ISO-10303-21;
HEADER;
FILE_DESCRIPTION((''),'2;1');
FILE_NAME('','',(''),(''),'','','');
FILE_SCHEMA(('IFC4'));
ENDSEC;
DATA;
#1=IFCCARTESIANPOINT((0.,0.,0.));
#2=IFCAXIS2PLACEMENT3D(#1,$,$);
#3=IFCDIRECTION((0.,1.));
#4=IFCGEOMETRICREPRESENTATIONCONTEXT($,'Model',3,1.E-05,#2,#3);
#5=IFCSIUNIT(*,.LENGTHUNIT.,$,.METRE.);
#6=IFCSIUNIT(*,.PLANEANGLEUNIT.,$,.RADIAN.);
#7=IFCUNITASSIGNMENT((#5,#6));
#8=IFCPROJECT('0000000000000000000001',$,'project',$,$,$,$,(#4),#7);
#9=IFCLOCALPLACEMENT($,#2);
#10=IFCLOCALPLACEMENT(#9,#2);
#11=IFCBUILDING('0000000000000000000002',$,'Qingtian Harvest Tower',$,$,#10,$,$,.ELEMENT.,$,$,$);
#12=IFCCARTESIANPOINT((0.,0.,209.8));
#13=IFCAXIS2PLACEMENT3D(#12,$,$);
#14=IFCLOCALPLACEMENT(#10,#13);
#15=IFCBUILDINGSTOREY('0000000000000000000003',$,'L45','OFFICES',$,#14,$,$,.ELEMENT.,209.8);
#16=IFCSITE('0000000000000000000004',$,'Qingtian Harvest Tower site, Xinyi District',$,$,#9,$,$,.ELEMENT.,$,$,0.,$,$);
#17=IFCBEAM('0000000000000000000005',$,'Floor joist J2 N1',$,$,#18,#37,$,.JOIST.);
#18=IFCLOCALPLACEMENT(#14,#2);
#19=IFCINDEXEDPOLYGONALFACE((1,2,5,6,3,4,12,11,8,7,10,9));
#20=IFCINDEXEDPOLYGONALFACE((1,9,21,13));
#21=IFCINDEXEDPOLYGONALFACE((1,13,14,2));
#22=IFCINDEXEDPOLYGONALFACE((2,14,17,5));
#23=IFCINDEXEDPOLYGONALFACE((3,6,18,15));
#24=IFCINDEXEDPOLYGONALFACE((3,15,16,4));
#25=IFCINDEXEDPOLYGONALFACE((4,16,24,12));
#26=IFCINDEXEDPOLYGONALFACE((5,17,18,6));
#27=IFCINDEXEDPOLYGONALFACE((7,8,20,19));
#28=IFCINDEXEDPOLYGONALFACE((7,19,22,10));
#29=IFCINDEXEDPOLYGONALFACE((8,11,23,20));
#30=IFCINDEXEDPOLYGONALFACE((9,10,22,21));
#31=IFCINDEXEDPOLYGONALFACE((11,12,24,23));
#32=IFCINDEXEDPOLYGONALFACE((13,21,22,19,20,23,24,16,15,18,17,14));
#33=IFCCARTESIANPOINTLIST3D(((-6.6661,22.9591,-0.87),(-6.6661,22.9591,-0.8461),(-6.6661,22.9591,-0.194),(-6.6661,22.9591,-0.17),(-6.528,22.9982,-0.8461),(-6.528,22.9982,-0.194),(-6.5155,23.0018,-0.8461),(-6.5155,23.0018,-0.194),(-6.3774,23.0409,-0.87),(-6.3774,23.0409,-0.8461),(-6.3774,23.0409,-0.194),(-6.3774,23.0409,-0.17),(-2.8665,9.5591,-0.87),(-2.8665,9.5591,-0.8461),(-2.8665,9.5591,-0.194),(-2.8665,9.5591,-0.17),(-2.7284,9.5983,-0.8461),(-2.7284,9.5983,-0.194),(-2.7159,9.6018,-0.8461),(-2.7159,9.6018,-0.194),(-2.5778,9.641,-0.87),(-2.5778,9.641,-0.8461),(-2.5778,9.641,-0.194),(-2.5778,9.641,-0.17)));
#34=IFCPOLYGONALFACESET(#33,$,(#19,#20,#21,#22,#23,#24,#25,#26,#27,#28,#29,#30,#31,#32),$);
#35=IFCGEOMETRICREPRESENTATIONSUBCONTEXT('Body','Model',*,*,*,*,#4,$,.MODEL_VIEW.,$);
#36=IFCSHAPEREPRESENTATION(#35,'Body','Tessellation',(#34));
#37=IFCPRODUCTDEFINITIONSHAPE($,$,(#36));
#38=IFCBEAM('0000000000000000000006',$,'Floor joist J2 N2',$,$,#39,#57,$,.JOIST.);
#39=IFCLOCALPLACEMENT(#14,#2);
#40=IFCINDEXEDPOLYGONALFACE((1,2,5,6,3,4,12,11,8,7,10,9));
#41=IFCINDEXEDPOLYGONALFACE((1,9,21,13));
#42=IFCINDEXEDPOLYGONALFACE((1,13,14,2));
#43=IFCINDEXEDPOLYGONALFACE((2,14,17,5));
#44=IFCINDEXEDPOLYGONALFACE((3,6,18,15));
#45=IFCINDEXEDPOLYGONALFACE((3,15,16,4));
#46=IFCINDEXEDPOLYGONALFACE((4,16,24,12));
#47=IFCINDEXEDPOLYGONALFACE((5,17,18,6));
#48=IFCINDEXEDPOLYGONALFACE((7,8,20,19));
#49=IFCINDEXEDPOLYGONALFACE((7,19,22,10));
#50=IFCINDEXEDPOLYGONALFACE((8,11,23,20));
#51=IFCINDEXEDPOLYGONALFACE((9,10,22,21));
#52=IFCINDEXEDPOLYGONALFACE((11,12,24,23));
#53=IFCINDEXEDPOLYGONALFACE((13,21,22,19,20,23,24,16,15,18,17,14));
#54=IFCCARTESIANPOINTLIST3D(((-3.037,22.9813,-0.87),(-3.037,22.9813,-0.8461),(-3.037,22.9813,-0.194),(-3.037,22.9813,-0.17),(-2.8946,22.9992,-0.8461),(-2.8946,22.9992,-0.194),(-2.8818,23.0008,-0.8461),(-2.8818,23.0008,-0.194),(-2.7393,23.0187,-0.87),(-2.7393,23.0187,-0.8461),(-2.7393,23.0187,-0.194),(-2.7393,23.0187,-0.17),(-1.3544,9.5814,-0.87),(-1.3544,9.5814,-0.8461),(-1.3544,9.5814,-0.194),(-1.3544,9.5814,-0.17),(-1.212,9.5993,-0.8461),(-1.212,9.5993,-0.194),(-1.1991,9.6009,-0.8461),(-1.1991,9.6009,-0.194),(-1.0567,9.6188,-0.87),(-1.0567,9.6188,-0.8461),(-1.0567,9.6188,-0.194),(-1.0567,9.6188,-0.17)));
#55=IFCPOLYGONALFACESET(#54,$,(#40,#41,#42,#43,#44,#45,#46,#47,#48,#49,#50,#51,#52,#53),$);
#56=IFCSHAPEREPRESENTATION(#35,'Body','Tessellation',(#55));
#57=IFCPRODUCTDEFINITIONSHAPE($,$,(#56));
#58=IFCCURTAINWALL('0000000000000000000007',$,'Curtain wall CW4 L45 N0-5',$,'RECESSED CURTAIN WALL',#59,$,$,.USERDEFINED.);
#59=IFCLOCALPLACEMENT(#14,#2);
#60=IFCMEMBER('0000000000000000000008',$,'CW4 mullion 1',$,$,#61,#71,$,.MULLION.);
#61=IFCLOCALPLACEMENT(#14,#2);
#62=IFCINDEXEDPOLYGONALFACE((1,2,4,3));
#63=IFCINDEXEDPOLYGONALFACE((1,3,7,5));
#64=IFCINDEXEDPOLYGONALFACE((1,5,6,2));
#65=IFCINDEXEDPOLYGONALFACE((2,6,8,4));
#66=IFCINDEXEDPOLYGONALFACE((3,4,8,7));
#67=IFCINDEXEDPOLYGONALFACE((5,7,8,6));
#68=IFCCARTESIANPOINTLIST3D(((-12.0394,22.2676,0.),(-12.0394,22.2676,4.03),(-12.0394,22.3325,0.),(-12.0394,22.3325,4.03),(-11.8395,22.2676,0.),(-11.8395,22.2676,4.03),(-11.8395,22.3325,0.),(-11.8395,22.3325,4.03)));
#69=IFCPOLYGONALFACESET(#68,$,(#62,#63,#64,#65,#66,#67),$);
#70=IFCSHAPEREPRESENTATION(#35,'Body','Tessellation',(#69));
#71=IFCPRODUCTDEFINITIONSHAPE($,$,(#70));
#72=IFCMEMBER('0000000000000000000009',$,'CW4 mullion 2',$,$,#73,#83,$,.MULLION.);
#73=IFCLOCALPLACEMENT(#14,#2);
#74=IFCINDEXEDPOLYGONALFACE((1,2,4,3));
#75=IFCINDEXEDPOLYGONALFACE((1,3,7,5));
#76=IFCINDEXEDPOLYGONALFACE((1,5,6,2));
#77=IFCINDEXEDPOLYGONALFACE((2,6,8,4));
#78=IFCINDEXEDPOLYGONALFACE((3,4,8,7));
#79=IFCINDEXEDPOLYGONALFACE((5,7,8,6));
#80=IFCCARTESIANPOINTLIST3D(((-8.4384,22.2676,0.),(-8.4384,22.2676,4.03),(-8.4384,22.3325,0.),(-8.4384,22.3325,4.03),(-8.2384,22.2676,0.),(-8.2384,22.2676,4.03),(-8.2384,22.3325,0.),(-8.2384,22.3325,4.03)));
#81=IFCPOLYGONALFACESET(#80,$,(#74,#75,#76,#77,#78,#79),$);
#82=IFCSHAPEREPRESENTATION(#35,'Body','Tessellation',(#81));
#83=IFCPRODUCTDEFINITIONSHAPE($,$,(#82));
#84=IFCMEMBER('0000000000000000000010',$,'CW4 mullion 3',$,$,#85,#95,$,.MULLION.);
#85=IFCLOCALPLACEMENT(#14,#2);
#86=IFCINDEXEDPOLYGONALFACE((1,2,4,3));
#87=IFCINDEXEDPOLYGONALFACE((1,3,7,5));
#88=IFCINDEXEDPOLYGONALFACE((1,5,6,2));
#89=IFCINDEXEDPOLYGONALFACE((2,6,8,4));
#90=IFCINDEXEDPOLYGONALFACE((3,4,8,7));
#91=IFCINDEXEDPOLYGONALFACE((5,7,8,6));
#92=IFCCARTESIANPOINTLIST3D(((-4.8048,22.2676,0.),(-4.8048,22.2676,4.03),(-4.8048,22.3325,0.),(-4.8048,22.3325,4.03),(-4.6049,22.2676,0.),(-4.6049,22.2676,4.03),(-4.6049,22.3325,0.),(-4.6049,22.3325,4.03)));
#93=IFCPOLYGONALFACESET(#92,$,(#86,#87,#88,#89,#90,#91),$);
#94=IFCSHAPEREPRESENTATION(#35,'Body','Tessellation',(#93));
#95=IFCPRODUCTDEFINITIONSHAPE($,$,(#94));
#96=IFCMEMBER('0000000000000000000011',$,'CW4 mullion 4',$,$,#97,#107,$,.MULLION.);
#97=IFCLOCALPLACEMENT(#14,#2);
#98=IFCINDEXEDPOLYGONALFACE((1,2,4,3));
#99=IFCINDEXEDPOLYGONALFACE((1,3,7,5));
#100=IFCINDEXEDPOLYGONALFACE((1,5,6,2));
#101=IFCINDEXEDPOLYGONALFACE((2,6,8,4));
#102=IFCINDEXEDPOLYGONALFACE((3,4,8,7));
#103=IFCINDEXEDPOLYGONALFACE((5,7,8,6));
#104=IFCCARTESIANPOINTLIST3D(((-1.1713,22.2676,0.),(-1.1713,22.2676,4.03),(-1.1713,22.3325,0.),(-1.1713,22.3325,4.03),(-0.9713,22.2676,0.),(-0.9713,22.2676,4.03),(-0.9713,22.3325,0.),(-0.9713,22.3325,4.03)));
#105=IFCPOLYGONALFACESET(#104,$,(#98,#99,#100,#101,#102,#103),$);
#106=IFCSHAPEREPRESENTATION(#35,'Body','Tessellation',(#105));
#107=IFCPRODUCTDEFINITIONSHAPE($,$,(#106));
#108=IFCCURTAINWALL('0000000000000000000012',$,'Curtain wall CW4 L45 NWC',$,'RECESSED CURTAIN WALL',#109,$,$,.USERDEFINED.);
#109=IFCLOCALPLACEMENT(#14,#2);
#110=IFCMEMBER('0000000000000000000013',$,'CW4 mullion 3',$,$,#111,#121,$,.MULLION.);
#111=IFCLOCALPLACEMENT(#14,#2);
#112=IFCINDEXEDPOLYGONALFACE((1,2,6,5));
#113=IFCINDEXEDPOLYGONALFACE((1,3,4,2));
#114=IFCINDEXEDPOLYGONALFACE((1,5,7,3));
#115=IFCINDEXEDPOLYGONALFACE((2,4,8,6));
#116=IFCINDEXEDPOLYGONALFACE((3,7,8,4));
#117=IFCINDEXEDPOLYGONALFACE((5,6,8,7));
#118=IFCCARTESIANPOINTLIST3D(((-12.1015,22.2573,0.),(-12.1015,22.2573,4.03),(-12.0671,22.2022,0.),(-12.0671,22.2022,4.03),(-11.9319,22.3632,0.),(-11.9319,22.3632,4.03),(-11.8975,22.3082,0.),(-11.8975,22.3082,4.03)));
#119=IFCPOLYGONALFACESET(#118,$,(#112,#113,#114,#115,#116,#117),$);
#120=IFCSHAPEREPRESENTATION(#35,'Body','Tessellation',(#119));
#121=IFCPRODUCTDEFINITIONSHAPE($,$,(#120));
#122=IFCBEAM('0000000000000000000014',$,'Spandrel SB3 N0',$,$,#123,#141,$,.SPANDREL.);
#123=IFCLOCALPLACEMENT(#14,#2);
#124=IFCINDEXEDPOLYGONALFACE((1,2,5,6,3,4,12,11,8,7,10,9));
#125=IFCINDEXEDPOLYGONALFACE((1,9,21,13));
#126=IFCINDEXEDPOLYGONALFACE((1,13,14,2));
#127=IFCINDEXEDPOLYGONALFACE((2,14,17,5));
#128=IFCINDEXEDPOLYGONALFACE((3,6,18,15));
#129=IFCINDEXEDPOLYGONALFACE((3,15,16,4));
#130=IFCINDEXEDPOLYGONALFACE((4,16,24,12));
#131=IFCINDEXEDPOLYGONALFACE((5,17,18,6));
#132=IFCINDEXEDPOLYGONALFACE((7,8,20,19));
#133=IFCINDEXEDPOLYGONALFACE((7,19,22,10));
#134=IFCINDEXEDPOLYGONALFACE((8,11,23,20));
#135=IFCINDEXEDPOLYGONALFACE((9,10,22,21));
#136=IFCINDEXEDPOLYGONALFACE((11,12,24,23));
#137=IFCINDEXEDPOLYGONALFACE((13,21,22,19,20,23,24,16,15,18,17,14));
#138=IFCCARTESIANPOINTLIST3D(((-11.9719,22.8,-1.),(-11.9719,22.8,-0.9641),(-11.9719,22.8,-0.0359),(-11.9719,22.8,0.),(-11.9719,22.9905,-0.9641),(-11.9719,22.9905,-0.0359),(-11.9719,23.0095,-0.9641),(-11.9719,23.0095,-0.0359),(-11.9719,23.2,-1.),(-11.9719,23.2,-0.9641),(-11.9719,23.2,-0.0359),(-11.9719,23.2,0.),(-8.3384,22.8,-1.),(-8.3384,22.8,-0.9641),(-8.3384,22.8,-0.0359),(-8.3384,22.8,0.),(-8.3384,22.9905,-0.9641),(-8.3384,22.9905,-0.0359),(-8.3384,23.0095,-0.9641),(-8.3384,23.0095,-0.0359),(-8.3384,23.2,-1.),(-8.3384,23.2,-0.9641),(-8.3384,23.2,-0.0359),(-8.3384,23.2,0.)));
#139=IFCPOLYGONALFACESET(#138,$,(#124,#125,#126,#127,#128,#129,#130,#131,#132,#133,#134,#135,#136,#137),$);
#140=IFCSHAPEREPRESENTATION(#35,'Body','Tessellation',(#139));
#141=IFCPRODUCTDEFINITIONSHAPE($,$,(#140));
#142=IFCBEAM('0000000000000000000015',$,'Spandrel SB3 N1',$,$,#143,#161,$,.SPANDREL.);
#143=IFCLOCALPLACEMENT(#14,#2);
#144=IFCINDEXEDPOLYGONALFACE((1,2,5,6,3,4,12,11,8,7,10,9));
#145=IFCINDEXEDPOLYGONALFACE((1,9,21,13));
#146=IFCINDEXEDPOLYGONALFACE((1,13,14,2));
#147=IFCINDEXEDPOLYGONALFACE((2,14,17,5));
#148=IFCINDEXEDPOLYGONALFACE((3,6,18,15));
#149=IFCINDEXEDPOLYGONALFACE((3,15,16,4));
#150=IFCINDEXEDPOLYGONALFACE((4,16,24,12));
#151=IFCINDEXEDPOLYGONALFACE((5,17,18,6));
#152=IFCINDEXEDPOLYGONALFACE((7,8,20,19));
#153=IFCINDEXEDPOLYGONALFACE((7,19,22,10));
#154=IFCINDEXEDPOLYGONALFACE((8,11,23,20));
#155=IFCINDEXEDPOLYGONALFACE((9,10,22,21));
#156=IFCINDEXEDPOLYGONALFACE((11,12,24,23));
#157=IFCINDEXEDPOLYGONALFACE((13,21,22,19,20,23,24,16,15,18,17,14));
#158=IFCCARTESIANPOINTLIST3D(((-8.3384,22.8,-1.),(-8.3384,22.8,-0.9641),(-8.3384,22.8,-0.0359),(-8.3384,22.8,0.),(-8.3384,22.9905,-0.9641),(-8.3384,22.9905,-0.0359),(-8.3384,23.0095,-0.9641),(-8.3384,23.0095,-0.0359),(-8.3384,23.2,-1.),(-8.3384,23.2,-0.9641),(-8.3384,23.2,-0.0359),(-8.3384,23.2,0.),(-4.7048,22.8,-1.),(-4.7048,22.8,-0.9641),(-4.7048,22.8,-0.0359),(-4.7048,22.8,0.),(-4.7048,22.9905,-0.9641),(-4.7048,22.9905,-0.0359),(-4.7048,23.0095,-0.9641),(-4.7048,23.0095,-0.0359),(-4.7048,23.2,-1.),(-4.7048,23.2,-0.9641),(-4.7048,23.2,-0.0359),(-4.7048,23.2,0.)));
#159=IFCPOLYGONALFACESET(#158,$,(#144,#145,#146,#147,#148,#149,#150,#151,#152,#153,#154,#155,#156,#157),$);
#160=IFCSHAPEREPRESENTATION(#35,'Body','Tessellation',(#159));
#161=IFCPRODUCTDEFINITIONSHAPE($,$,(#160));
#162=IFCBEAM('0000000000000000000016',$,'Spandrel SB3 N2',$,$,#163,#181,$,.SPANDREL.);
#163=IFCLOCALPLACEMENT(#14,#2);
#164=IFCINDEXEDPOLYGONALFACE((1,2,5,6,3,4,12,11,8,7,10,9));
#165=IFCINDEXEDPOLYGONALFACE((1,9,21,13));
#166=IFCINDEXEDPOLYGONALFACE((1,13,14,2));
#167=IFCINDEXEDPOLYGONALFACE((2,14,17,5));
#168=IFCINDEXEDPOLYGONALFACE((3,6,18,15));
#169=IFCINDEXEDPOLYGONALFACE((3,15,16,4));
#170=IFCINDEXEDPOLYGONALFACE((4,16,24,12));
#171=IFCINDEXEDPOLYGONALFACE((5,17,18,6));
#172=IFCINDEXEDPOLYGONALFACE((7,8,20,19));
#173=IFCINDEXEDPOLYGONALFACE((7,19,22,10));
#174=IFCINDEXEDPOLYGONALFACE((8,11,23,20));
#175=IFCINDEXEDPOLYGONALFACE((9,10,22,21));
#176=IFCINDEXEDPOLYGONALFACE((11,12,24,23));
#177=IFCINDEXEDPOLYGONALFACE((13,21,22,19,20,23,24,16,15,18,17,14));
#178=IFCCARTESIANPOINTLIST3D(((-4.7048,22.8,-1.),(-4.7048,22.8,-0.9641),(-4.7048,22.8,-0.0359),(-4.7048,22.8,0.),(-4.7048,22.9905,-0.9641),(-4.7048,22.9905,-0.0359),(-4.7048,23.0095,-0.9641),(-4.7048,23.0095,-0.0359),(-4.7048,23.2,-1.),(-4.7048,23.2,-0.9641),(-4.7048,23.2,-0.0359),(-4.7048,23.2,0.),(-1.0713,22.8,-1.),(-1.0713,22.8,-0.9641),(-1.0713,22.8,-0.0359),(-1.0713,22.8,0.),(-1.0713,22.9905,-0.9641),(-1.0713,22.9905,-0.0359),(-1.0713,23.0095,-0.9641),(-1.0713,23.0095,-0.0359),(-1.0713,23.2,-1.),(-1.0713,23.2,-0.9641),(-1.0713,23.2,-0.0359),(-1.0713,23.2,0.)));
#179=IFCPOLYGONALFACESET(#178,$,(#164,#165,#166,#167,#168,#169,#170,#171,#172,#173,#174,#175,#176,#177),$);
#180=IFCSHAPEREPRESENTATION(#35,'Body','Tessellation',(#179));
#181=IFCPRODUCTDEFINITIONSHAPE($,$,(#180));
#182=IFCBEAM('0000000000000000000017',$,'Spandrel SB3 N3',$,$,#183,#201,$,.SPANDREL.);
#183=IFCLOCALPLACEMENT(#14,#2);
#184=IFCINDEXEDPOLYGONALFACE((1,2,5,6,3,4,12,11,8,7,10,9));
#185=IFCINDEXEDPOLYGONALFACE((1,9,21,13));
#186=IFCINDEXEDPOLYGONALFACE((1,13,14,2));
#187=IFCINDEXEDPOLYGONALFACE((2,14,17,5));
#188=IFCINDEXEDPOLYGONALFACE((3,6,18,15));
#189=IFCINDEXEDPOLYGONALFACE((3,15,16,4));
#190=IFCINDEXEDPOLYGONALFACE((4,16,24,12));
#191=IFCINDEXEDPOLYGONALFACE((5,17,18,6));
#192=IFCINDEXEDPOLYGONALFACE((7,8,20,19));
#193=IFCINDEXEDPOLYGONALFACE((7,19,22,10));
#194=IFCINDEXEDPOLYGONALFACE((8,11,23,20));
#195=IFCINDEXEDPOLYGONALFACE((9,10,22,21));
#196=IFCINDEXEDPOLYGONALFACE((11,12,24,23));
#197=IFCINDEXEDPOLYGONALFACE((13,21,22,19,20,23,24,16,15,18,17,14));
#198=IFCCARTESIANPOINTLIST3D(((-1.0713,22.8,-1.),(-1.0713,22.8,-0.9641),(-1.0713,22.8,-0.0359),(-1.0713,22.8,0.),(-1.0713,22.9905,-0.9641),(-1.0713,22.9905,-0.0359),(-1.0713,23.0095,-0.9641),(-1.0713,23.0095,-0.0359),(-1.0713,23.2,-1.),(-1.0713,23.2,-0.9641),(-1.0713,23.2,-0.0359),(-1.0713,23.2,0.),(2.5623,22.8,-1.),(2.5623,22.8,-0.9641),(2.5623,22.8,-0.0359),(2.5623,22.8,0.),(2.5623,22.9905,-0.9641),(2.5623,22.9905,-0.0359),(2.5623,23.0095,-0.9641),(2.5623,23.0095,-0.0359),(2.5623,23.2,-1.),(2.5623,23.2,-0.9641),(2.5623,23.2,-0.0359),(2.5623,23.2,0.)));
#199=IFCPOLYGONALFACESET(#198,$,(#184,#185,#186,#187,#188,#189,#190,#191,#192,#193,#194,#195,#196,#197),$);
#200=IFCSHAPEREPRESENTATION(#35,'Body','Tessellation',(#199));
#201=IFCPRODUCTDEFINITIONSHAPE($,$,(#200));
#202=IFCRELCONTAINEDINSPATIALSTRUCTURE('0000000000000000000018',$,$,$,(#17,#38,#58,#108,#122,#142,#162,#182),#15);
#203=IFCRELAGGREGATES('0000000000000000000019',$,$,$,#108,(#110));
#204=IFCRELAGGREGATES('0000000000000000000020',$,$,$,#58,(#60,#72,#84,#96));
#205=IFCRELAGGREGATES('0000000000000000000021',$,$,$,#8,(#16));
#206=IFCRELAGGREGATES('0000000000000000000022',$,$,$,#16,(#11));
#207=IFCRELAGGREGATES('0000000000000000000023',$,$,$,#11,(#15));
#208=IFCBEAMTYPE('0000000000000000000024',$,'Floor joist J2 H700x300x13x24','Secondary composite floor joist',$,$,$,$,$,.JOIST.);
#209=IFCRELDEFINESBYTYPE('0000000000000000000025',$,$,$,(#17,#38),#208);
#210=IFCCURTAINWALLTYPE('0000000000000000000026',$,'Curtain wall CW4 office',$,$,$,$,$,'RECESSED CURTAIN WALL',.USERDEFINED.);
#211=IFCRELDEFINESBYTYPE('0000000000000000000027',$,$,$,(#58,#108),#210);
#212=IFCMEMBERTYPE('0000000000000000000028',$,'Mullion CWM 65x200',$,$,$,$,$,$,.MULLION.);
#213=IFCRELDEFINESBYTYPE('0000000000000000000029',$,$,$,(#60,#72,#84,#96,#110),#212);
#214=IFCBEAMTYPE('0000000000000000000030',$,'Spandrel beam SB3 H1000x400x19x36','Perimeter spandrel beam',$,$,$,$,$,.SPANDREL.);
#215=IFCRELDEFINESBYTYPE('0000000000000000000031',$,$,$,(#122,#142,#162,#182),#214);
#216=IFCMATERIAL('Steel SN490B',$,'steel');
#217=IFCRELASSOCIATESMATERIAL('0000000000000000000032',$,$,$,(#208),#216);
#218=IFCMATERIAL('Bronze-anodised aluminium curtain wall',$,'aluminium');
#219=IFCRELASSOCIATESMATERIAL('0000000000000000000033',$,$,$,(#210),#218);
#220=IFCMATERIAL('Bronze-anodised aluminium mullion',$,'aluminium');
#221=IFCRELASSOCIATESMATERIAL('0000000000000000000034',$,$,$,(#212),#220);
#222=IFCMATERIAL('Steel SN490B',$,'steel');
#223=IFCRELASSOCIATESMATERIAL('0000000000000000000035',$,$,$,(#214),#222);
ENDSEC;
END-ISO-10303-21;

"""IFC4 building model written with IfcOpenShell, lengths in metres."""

from ifc_helpers import new_model, si_unit, direction, frame, origin, origin_2d, place, context, subcontext, project, spatial, rectangle, i_section, extrude, material, material_profile, profile_set, type_object, element, aggregate, save


model = new_model("IFC4")

# Units and contexts
model_context = context("Model", 3, precision=1e-05, world=origin(), true_north=direction((0.0, 1.0)))
body_context = subcontext(model_context, "Body", "Model", "MODEL_VIEW")
ifc_project = project(units=[si_unit("LENGTHUNIT", "METRE"), si_unit("PLANEANGLEUNIT", "RADIAN")], contexts=[model_context])

# Site, building, storey
site_placement = place(None, origin())
site = spatial("IfcSite", under=ifc_project, at=site_placement, Name="Qingtian Harvest Tower site, Xinyi District", CompositionType="ELEMENT", RefElevation=0.0)
building_placement = place(site_placement, origin())
building = spatial("IfcBuilding", under=site, at=building_placement, Name="Qingtian Harvest Tower", CompositionType="ELEMENT")
storey_placement = place(building_placement, frame((0.0, 0.0, 209.8)))
storey = spatial("IfcBuildingStorey", under=building, at=storey_placement, Name="L45", Description="OFFICES", CompositionType="ELEMENT", Elevation=209.8)

# Beams
ifc_material_1 = material(Name="Steel SN490B", Category="steel")
ifc_material_profile_1 = material_profile(ifc_material_1, i_section(OverallWidth=0.3, OverallDepth=0.7, WebThickness=0.0129, FlangeThickness=0.0239, at=origin_2d()), Name="H700x300x13x24")
ifc_profile_set_1 = profile_set([ifc_material_profile_1], Name="Steel SN490B")
beam_type_1 = type_object("IfcBeamType", Name="Floor joist J2 H700x300x13x24", Description="Secondary composite floor joist", PredefinedType="JOIST", material=ifc_profile_set_1)
beam_1_placement = place(storey_placement, frame((-6.5217, 23.0, -0.52), z_axis=(0.272797, -0.962072, 0.0), x_axis=(0.962072, 0.272797, 0.0)))
element("IfcBeam", 1, at=beam_1_placement, inside=storey, type_object=beam_type_1, Name="Floor joist J2 N1", PredefinedType="JOIST", context=body_context, shape_type="SweptSolid", body=[
    extrude(i_section(OverallWidth=0.3, OverallDepth=0.7, WebThickness=0.0129, FlangeThickness=0.0239, at=origin_2d()), origin(), (0.0, 0.0, 1.0), 13.9282),
])
beam_2_placement = place(storey_placement, frame((-2.8882, 23.0, -0.52), z_axis=(0.124591, -0.992208, 0.0), x_axis=(0.992208, 0.124591, 0.0)))
element("IfcBeam", 2, at=beam_2_placement, inside=storey, type_object=beam_type_1, Name="Floor joist J2 N2", PredefinedType="JOIST", context=body_context, shape_type="SweptSolid", body=[
    extrude(i_section(OverallWidth=0.3, OverallDepth=0.7, WebThickness=0.0129, FlangeThickness=0.0239, at=origin_2d()), origin(), (0.0, 0.0, 1.0), 13.5051),
])

# Curtain wall, members
ifc_material_2 = material(Name="Bronze-anodised aluminium curtain wall", Category="aluminium")
curtain_wall_type = type_object("IfcCurtainWallType", Name="Curtain wall CW4 office", ElementType="RECESSED CURTAIN WALL", PredefinedType="USERDEFINED", material=ifc_material_2)
curtain_wall_1_placement = place(storey_placement, origin())
curtain_wall_1 = element("IfcCurtainWall", 3, at=curtain_wall_1_placement, inside=storey, type_object=curtain_wall_type, Name="Curtain wall CW4 L45 N0-5", ObjectType="RECESSED CURTAIN WALL", PredefinedType="USERDEFINED")
ifc_material_3 = material(Name="Bronze-anodised aluminium mullion", Category="aluminium")
ifc_material_profile_2 = material_profile(ifc_material_3, rectangle(XDim=0.0649, YDim=0.2, at=origin_2d()), Name="AL 65x200")
ifc_profile_set_2 = profile_set([ifc_material_profile_2], Name="Bronze-anodised aluminium mullion")
member_type_1 = type_object("IfcMemberType", Name="Mullion CWM 65x200", PredefinedType="MULLION", material=ifc_profile_set_2)
member_1_placement = place(storey_placement, frame((-11.9395, 22.3, 0.0), z_axis=(0.0, 0.0, 1.0), x_axis=(0.0, 1.0, 0.0)))
member_1 = element("IfcMember", 4, at=member_1_placement, type_object=member_type_1, Name="CW4 mullion 1", PredefinedType="MULLION", context=body_context, shape_type="SweptSolid", body=[
    extrude(rectangle(XDim=0.0649, YDim=0.2, at=origin_2d()), origin(), (0.0, 0.0, 1.0), 4.03),
])
member_2_placement = place(storey_placement, frame((-8.3384, 22.3, 0.0), z_axis=(0.0, 0.0, 1.0), x_axis=(0.0, 1.0, 0.0)))
member_2 = element("IfcMember", 5, at=member_2_placement, type_object=member_type_1, Name="CW4 mullion 2", PredefinedType="MULLION", context=body_context, shape_type="SweptSolid", body=[
    extrude(rectangle(XDim=0.0649, YDim=0.2, at=origin_2d()), origin(), (0.0, 0.0, 1.0), 4.03),
])
member_3_placement = place(storey_placement, frame((-4.7048, 22.3, 0.0), z_axis=(0.0, 0.0, 1.0), x_axis=(0.0, 1.0, 0.0)))
member_3 = element("IfcMember", 6, at=member_3_placement, type_object=member_type_1, Name="CW4 mullion 3", PredefinedType="MULLION", context=body_context, shape_type="SweptSolid", body=[
    extrude(rectangle(XDim=0.0649, YDim=0.2, at=origin_2d()), origin(), (0.0, 0.0, 1.0), 4.03),
])
member_4_placement = place(storey_placement, frame((-1.0713, 22.3, 0.0), z_axis=(0.0, 0.0, 1.0), x_axis=(0.0, 1.0, 0.0)))
member_4 = element("IfcMember", 7, at=member_4_placement, type_object=member_type_1, Name="CW4 mullion 4", PredefinedType="MULLION", context=body_context, shape_type="SweptSolid", body=[
    extrude(rectangle(XDim=0.0649, YDim=0.2, at=origin_2d()), origin(), (0.0, 0.0, 1.0), 4.03),
])

# Curtain wall, member
curtain_wall_2_placement = place(storey_placement, origin())
curtain_wall_2 = element("IfcCurtainWall", 8, at=curtain_wall_2_placement, inside=storey, type_object=curtain_wall_type, Name="Curtain wall CW4 L45 NWC", ObjectType="RECESSED CURTAIN WALL", PredefinedType="USERDEFINED")
member_5_placement = place(storey_placement, frame((-11.9995, 22.2827, 0.0), z_axis=(0.0, 0.0, 1.0), x_axis=(-0.529919, 0.848048, 0.0)))
member_5 = element("IfcMember", 9, at=member_5_placement, type_object=member_type_1, Name="CW4 mullion 3", PredefinedType="MULLION", context=body_context, shape_type="SweptSolid", body=[
    extrude(rectangle(XDim=0.0649, YDim=0.2, at=origin_2d()), origin(), (0.0, 0.0, 1.0), 4.03),
])
aggregate(curtain_wall_2, [member_5])

# Beams
ifc_material_4 = material(Name="Steel SN490B", Category="steel")
ifc_material_profile_3 = material_profile(ifc_material_4, i_section(OverallWidth=0.3999, OverallDepth=1.0, WebThickness=0.019, FlangeThickness=0.0359, at=origin_2d()), Name="H1000x400x19x36")
ifc_profile_set_3 = profile_set([ifc_material_profile_3], Name="Steel SN490B")
beam_type_2 = type_object("IfcBeamType", Name="Spandrel beam SB3 H1000x400x19x36", Description="Perimeter spandrel beam", PredefinedType="SPANDREL", material=ifc_profile_set_3)
for number, where, z_axis, x_axis, name in (
    (10, (-11.9719, 23.0, -0.5), (1.0, 0.0, 0.0), (0.0, 1.0, 0.0), "Spandrel SB3 N0"),
    (11, (-8.3384, 23.0, -0.5), (1.0, 0.0, 0.0), (0.0, 1.0, 0.0), "Spandrel SB3 N1"),
    (12, (-4.7048, 23.0, -0.5), (1.0, 0.0, 0.0), (0.0, 1.0, 0.0), "Spandrel SB3 N2"),
    (13, (-1.0713, 23.0, -0.5), (1.0, 0.0, 0.0), (0.0, 1.0, 0.0), "Spandrel SB3 N3"),
):
    element("IfcBeam", number, at=place(storey_placement, frame(where, z_axis=z_axis, x_axis=x_axis)), inside=storey, type_object=beam_type_2, Name=name, PredefinedType="SPANDREL", context=body_context, shape_type="SweptSolid", body=[
        extrude(i_section(OverallWidth=0.3999, OverallDepth=1.0, WebThickness=0.019, FlangeThickness=0.0359, at=origin_2d()), origin(), (0.0, 0.0, 1.0), 3.6335),
    ])

aggregate(curtain_wall_1, [member_1, member_2, member_3, member_4])

save(model, "model.ifc")
